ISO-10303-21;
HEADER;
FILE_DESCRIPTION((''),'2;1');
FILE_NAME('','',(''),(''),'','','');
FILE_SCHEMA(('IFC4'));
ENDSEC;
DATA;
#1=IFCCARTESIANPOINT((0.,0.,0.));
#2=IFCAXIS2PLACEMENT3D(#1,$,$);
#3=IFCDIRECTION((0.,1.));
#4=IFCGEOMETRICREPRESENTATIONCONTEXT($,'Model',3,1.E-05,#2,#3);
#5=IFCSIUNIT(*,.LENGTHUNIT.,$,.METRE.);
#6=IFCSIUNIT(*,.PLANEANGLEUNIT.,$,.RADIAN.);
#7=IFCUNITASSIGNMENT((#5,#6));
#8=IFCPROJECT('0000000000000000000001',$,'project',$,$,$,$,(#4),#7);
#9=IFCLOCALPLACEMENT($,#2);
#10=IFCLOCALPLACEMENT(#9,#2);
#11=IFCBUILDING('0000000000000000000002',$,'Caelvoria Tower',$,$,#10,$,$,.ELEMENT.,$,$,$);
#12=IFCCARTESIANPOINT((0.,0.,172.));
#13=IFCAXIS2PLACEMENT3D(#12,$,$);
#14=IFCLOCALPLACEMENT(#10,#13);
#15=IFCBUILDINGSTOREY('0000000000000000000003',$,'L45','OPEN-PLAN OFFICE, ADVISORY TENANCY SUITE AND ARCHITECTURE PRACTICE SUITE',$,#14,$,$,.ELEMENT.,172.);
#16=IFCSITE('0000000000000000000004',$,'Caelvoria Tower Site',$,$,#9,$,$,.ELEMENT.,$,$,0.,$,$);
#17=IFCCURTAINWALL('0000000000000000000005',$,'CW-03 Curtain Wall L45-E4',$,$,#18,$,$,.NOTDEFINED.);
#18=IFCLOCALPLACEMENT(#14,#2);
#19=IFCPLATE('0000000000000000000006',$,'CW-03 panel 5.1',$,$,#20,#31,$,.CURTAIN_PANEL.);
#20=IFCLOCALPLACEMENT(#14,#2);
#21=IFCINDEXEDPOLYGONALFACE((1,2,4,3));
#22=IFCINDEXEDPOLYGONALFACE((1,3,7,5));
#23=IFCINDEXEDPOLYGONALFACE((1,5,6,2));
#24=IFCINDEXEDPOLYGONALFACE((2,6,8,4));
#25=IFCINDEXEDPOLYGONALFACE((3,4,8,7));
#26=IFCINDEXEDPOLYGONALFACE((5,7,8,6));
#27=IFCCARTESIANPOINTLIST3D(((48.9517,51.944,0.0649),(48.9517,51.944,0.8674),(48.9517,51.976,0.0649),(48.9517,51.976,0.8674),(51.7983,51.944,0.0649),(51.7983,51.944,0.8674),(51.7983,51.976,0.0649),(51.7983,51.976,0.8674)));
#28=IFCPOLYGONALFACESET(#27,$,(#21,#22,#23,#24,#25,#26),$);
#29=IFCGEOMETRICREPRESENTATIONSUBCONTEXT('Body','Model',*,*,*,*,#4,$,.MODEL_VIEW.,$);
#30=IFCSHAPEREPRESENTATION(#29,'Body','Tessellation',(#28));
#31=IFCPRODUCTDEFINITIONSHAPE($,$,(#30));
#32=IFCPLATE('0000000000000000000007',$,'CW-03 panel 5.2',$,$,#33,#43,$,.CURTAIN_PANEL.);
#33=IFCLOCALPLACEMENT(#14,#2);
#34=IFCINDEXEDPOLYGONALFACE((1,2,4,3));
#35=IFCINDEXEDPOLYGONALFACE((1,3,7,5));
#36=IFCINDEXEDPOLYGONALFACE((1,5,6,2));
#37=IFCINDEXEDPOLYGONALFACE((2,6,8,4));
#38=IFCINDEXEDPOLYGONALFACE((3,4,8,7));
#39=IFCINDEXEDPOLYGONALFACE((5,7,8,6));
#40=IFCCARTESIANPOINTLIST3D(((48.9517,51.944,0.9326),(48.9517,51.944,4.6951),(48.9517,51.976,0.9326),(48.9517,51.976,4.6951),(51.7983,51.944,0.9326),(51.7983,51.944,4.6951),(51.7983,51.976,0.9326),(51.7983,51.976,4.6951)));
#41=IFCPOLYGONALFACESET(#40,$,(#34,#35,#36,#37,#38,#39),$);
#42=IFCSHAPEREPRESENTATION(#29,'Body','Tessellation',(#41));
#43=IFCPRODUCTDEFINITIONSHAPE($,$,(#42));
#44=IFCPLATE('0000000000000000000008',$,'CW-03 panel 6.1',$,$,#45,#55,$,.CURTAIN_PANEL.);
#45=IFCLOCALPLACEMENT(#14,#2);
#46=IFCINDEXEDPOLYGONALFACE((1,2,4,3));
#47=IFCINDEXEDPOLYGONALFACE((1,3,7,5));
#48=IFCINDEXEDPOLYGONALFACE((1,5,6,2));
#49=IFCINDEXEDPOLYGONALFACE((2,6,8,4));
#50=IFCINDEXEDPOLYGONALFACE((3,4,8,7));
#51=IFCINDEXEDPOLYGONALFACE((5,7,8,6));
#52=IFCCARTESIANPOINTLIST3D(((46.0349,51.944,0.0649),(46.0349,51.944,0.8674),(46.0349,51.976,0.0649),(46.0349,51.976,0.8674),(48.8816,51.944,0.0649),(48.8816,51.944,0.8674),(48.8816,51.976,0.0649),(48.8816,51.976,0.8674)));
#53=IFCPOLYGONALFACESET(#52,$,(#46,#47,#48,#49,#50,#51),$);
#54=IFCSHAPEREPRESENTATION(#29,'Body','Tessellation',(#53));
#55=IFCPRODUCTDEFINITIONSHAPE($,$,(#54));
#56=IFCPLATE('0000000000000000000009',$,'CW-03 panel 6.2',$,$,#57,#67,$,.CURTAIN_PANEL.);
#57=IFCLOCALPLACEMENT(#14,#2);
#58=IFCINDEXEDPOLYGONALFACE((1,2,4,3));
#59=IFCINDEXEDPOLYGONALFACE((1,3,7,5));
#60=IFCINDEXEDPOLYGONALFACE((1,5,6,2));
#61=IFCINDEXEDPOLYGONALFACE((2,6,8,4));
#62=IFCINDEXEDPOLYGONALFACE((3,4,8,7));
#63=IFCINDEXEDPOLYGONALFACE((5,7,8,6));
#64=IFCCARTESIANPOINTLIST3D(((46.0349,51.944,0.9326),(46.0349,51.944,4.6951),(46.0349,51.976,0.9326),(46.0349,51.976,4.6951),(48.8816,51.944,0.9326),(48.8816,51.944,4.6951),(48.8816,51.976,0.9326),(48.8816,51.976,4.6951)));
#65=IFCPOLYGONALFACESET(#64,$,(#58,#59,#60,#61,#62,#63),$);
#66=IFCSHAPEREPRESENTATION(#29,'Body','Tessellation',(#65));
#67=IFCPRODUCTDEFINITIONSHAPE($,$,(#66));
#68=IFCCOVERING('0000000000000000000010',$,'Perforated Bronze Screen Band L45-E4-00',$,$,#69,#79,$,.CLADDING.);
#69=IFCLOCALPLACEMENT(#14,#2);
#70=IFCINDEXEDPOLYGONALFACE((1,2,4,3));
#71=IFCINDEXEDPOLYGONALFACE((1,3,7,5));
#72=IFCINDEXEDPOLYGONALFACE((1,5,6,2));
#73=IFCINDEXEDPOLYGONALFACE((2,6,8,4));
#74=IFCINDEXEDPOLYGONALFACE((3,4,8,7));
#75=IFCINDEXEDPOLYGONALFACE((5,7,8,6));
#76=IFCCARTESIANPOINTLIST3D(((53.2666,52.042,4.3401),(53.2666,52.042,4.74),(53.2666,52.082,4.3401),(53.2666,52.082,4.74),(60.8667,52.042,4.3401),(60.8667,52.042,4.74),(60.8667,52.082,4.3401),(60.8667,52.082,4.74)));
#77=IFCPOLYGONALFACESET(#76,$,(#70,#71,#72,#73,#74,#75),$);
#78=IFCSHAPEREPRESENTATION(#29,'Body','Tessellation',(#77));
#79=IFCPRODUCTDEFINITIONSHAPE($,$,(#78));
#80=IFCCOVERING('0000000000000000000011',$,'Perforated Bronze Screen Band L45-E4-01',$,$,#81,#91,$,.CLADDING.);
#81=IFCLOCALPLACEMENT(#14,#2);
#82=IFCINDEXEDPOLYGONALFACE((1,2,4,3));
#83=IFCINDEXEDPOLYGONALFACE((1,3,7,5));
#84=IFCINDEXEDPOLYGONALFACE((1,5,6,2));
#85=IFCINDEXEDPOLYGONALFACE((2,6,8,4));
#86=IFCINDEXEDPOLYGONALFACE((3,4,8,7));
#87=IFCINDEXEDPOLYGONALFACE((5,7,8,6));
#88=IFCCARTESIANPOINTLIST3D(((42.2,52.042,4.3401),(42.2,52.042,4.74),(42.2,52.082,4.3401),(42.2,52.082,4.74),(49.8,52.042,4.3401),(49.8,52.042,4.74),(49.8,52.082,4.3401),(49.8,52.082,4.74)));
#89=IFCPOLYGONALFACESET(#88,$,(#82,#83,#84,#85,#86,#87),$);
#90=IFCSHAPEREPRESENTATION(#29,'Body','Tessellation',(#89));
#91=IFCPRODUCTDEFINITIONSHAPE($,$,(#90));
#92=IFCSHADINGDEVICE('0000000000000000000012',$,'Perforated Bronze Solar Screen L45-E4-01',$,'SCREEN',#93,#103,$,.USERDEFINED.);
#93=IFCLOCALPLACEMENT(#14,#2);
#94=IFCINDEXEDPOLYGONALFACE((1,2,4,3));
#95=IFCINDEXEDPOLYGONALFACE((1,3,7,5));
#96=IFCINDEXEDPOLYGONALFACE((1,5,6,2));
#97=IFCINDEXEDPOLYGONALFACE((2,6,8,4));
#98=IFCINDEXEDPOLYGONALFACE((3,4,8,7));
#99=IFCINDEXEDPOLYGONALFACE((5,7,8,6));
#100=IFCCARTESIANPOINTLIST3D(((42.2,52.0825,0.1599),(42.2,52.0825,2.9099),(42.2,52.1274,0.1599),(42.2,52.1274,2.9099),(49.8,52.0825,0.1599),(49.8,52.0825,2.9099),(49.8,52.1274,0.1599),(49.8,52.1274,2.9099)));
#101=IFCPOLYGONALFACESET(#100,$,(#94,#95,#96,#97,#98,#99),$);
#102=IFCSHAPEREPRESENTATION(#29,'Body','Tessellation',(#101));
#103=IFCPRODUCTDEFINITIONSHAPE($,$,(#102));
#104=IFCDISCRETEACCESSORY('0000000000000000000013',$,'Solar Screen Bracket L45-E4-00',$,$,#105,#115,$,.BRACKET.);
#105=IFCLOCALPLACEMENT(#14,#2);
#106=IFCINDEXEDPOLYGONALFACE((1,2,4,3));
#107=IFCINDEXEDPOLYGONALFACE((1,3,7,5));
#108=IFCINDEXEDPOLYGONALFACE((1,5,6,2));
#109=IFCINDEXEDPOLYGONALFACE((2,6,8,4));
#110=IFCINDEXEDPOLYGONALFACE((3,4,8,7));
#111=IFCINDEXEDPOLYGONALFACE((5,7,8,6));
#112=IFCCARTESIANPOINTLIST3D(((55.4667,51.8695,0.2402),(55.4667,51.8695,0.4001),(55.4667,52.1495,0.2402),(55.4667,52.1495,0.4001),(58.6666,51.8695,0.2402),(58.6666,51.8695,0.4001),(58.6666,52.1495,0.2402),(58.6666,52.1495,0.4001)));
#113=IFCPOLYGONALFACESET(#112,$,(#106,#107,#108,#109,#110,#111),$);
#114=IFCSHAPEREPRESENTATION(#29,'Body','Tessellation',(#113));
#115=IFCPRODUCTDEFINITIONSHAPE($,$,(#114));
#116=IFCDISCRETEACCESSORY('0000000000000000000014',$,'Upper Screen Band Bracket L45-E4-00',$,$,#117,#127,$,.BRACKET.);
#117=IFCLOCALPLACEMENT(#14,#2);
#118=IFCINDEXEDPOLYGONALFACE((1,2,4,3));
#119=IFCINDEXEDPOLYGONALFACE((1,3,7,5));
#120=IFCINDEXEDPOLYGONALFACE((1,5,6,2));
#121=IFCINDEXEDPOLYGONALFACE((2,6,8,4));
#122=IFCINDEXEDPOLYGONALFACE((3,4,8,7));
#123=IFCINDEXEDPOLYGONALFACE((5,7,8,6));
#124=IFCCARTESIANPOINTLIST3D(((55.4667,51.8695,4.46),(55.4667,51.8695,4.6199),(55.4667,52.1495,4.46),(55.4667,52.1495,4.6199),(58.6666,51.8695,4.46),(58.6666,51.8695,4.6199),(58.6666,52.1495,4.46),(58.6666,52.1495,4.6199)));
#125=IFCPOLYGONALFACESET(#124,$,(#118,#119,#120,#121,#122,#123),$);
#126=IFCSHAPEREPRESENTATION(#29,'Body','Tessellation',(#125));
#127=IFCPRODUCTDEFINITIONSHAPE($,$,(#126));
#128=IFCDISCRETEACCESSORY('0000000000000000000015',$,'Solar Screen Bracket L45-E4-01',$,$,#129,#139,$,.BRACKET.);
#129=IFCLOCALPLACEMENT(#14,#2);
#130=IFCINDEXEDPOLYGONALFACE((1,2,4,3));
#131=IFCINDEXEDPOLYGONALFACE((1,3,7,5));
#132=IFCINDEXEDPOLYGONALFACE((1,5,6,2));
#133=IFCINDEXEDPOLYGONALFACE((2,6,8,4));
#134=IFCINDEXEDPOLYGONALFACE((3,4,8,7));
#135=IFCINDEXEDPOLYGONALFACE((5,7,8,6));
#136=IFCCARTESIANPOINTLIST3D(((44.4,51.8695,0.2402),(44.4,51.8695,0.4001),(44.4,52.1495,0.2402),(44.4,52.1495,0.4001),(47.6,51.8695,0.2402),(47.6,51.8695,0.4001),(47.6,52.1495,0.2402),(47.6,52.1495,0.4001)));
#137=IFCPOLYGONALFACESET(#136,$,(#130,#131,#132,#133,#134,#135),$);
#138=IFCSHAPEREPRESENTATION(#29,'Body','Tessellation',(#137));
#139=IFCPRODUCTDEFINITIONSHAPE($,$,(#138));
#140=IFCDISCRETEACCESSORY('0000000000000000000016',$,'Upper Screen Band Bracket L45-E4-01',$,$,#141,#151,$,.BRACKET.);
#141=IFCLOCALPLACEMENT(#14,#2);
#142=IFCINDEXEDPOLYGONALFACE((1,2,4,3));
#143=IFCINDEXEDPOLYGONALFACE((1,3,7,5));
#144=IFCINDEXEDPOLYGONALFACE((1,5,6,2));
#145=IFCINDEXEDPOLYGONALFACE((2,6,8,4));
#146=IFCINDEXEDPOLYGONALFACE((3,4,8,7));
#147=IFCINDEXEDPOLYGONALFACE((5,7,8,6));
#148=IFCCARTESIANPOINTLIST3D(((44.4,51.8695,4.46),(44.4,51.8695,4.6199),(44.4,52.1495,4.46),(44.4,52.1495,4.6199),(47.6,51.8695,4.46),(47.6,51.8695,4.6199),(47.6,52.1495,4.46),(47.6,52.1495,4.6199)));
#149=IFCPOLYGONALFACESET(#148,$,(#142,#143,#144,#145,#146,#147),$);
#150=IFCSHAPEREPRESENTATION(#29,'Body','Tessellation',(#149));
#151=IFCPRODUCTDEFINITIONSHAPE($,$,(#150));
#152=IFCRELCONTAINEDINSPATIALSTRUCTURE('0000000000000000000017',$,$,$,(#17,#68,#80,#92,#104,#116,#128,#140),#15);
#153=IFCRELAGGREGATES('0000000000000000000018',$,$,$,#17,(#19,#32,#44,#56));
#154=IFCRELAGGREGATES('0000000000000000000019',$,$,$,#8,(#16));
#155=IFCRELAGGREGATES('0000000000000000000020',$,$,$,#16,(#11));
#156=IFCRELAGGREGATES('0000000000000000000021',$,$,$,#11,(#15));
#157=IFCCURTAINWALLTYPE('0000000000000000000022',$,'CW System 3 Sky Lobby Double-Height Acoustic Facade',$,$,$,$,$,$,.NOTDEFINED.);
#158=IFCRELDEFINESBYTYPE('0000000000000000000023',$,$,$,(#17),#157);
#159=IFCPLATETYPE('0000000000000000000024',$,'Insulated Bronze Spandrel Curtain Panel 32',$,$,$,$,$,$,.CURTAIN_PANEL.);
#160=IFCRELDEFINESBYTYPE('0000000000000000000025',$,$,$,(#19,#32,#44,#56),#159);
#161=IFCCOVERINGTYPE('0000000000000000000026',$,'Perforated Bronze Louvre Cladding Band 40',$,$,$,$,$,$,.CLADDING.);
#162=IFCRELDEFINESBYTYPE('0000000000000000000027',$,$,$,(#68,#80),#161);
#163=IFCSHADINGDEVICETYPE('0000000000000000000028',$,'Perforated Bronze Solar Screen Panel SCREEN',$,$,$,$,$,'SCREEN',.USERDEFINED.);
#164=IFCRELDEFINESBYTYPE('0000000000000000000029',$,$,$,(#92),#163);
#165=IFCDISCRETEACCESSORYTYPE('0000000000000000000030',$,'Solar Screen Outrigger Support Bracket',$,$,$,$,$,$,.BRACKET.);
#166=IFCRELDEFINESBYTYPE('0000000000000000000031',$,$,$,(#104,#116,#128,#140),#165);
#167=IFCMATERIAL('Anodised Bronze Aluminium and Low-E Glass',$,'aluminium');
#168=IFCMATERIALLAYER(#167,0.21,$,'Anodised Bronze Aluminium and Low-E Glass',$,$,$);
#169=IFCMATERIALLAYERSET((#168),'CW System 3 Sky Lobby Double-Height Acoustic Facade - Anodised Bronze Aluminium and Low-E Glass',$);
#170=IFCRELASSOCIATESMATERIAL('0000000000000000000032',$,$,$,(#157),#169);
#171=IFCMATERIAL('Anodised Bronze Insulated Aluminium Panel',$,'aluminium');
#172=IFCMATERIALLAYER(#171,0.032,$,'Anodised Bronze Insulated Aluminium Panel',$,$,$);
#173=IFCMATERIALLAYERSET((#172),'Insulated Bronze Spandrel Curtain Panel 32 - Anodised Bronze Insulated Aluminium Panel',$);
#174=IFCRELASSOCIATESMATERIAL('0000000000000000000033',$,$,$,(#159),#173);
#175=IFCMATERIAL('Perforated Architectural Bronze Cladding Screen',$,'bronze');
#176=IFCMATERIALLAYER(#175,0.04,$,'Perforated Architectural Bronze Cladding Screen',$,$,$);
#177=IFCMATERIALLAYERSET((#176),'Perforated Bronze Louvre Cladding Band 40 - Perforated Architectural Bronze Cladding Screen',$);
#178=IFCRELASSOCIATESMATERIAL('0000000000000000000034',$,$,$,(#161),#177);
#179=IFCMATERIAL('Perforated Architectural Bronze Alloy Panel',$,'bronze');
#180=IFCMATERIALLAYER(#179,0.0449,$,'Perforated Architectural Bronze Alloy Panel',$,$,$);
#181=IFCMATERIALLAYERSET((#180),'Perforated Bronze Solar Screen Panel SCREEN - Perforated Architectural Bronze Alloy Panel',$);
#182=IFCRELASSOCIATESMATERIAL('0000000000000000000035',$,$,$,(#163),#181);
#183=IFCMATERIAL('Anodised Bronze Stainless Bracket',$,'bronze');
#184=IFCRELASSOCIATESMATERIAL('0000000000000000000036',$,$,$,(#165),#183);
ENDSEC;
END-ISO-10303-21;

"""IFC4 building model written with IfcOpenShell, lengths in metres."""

from ifc_helpers import new_model, si_unit, direction, frame, origin, origin_2d, place, context, subcontext, project, spatial, rectangle, extrude, material, layer, layer_set, type_object, element, aggregate, save


model = new_model("IFC4")

# Units and contexts
model_context = context("Model", 3, precision=1e-05, world=origin(), true_north=direction((0.0, 1.0)))
body_context = subcontext(model_context, "Body", "Model", "MODEL_VIEW")
ifc_project = project(units=[si_unit("LENGTHUNIT", "METRE"), si_unit("PLANEANGLEUNIT", "RADIAN")], contexts=[model_context])

# Site, building, storey
site_placement = place(None, origin())
site = spatial("IfcSite", under=ifc_project, at=site_placement, Name="Caelvoria Tower Site", CompositionType="ELEMENT", RefElevation=0.0)
building_placement = place(site_placement, origin())
building = spatial("IfcBuilding", under=site, at=building_placement, Name="Caelvoria Tower", CompositionType="ELEMENT")
storey_placement = place(building_placement, frame((0.0, 0.0, 172.0)))
storey = spatial("IfcBuildingStorey", under=building, at=storey_placement, Name="L45", Description="OPEN-PLAN OFFICE, ADVISORY TENANCY SUITE AND ARCHITECTURE PRACTICE SUITE", CompositionType="ELEMENT", Elevation=172.0)

# Curtain wall
ifc_material_1 = material(Name="Anodised Bronze Aluminium and Low-E Glass", Category="aluminium")
ifc_layer_1 = layer(ifc_material_1, 0.21, Name="Anodised Bronze Aluminium and Low-E Glass")
ifc_layer_set_1 = layer_set([ifc_layer_1], Name="CW System 3 Sky Lobby Double-Height Acoustic Facade - Anodised Bronze Aluminium and Low-E Glass")
curtain_wall_type = type_object("IfcCurtainWallType", Name="CW System 3 Sky Lobby Double-Height Acoustic Facade", PredefinedType="NOTDEFINED", material=ifc_layer_set_1)
curtain_wall_placement = place(storey_placement, origin())
curtain_wall = element("IfcCurtainWall", 1, at=curtain_wall_placement, inside=storey, type_object=curtain_wall_type, Name="CW-03 Curtain Wall L45-E4", PredefinedType="NOTDEFINED")

# Plates
ifc_material_2 = material(Name="Anodised Bronze Insulated Aluminium Panel", Category="aluminium")
ifc_layer_2 = layer(ifc_material_2, 0.032, Name="Anodised Bronze Insulated Aluminium Panel")
ifc_layer_set_2 = layer_set([ifc_layer_2], Name="Insulated Bronze Spandrel Curtain Panel 32 - Anodised Bronze Insulated Aluminium Panel")
plate_type = type_object("IfcPlateType", Name="Insulated Bronze Spandrel Curtain Panel 32", PredefinedType="CURTAIN_PANEL", material=ifc_layer_set_2)
plate_1_placement = place(storey_placement, frame((50.375, 51.96, 0.0649), z_axis=(0.0, 0.0, 1.0), x_axis=(-1.0, 0.0, 0.0)))
plate_1 = element("IfcPlate", 2, at=plate_1_placement, type_object=plate_type, Name="CW-03 panel 5.1", PredefinedType="CURTAIN_PANEL", context=body_context, shape_type="SweptSolid", body=[
    extrude(rectangle(XDim=2.8467, YDim=0.032, at=origin_2d()), origin(), (0.0, 0.0, 1.0), 0.8025),
])
plate_2_placement = place(storey_placement, frame((50.375, 51.96, 0.9326), z_axis=(0.0, 0.0, 1.0), x_axis=(-1.0, 0.0, 0.0)))
plate_2 = element("IfcPlate", 3, at=plate_2_placement, type_object=plate_type, Name="CW-03 panel 5.2", PredefinedType="CURTAIN_PANEL", context=body_context, shape_type="SweptSolid", body=[
    extrude(rectangle(XDim=2.8467, YDim=0.032, at=origin_2d()), origin(), (0.0, 0.0, 1.0), 3.7625),
])
plate_3_placement = place(storey_placement, frame((47.4583, 51.96, 0.0649), z_axis=(0.0, 0.0, 1.0), x_axis=(-1.0, 0.0, 0.0)))
plate_3 = element("IfcPlate", 4, at=plate_3_placement, type_object=plate_type, Name="CW-03 panel 6.1", PredefinedType="CURTAIN_PANEL", context=body_context, shape_type="SweptSolid", body=[
    extrude(rectangle(XDim=2.8467, YDim=0.032, at=origin_2d()), origin(), (0.0, 0.0, 1.0), 0.8025),
])
plate_4_placement = place(storey_placement, frame((47.4583, 51.96, 0.9326), z_axis=(0.0, 0.0, 1.0), x_axis=(-1.0, 0.0, 0.0)))
plate_4 = element("IfcPlate", 5, at=plate_4_placement, type_object=plate_type, Name="CW-03 panel 6.2", PredefinedType="CURTAIN_PANEL", context=body_context, shape_type="SweptSolid", body=[
    extrude(rectangle(XDim=2.8467, YDim=0.032, at=origin_2d()), origin(), (0.0, 0.0, 1.0), 3.7625),
])
aggregate(curtain_wall, [plate_1, plate_2, plate_3, plate_4])

# Coverings
ifc_material_3 = material(Name="Perforated Architectural Bronze Cladding Screen", Category="bronze")
ifc_layer_3 = layer(ifc_material_3, 0.04, Name="Perforated Architectural Bronze Cladding Screen")
ifc_layer_set_3 = layer_set([ifc_layer_3], Name="Perforated Bronze Louvre Cladding Band 40 - Perforated Architectural Bronze Cladding Screen")
covering_type = type_object("IfcCoveringType", Name="Perforated Bronze Louvre Cladding Band 40", PredefinedType="CLADDING", material=ifc_layer_set_3)
for number, where, z_axis, x_axis, name in (
    (6, (57.0667, 52.062, 4.3401), (0.0, 0.0, 1.0), (-1.0, 0.0, 0.0), "Perforated Bronze Screen Band L45-E4-00"),
    (7, (46.0, 52.062, 4.3401), (0.0, 0.0, 1.0), (-1.0, 0.0, 0.0), "Perforated Bronze Screen Band L45-E4-01"),
):
    element("IfcCovering", number, at=place(storey_placement, frame(where, z_axis=z_axis, x_axis=x_axis)), inside=storey, type_object=covering_type, Name=name, PredefinedType="CLADDING", context=body_context, shape_type="SweptSolid", body=[
        extrude(rectangle(XDim=7.6001, YDim=0.04, at=origin_2d()), origin(), (0.0, 0.0, 1.0), 0.3999),
    ])

# Shading device
ifc_material_4 = material(Name="Perforated Architectural Bronze Alloy Panel", Category="bronze")
ifc_layer_4 = layer(ifc_material_4, 0.0449, Name="Perforated Architectural Bronze Alloy Panel")
ifc_layer_set_4 = layer_set([ifc_layer_4], Name="Perforated Bronze Solar Screen Panel SCREEN - Perforated Architectural Bronze Alloy Panel")
shading_device_type = type_object("IfcShadingDeviceType", Name="Perforated Bronze Solar Screen Panel SCREEN", ElementType="SCREEN", PredefinedType="USERDEFINED", material=ifc_layer_set_4)
shading_device_placement = place(storey_placement, frame((46.0, 52.105, 0.1599), z_axis=(0.0, 0.0, 1.0), x_axis=(-1.0, 0.0, 0.0)))
element("IfcShadingDevice", 8, at=shading_device_placement, inside=storey, type_object=shading_device_type, Name="Perforated Bronze Solar Screen L45-E4-01", ObjectType="SCREEN", PredefinedType="USERDEFINED", context=body_context, shape_type="SweptSolid", body=[
    extrude(rectangle(XDim=7.6001, YDim=0.0449, at=origin_2d()), origin(), (0.0, 0.0, 1.0), 2.75),
])

# Discrete accessories
ifc_material_5 = material(Name="Anodised Bronze Stainless Bracket", Category="bronze")
discrete_accessory_type = type_object("IfcDiscreteAccessoryType", Name="Solar Screen Outrigger Support Bracket", PredefinedType="BRACKET", material=ifc_material_5)
for number, where, z_axis, x_axis, name in (
    (9, (57.0667, 52.0095, 0.2402), (0.0, 0.0, 1.0), (-1.0, 0.0, 0.0), "Solar Screen Bracket L45-E4-00"),
    (10, (57.0667, 52.0095, 4.46), (0.0, 0.0, 1.0), (-1.0, 0.0, 0.0), "Upper Screen Band Bracket L45-E4-00"),
    (11, (46.0, 52.0095, 0.2402), (0.0, 0.0, 1.0), (-1.0, 0.0, 0.0), "Solar Screen Bracket L45-E4-01"),
    (12, (46.0, 52.0095, 4.46), (0.0, 0.0, 1.0), (-1.0, 0.0, 0.0), "Upper Screen Band Bracket L45-E4-01"),
):
    element("IfcDiscreteAccessory", number, at=place(storey_placement, frame(where, z_axis=z_axis, x_axis=x_axis)), inside=storey, type_object=discrete_accessory_type, Name=name, PredefinedType="BRACKET", context=body_context, shape_type="SweptSolid", body=[
        extrude(rectangle(XDim=3.2, YDim=0.28, at=origin_2d()), origin(), (0.0, 0.0, 1.0), 0.1599),
    ])

save(model, "model.ifc")
